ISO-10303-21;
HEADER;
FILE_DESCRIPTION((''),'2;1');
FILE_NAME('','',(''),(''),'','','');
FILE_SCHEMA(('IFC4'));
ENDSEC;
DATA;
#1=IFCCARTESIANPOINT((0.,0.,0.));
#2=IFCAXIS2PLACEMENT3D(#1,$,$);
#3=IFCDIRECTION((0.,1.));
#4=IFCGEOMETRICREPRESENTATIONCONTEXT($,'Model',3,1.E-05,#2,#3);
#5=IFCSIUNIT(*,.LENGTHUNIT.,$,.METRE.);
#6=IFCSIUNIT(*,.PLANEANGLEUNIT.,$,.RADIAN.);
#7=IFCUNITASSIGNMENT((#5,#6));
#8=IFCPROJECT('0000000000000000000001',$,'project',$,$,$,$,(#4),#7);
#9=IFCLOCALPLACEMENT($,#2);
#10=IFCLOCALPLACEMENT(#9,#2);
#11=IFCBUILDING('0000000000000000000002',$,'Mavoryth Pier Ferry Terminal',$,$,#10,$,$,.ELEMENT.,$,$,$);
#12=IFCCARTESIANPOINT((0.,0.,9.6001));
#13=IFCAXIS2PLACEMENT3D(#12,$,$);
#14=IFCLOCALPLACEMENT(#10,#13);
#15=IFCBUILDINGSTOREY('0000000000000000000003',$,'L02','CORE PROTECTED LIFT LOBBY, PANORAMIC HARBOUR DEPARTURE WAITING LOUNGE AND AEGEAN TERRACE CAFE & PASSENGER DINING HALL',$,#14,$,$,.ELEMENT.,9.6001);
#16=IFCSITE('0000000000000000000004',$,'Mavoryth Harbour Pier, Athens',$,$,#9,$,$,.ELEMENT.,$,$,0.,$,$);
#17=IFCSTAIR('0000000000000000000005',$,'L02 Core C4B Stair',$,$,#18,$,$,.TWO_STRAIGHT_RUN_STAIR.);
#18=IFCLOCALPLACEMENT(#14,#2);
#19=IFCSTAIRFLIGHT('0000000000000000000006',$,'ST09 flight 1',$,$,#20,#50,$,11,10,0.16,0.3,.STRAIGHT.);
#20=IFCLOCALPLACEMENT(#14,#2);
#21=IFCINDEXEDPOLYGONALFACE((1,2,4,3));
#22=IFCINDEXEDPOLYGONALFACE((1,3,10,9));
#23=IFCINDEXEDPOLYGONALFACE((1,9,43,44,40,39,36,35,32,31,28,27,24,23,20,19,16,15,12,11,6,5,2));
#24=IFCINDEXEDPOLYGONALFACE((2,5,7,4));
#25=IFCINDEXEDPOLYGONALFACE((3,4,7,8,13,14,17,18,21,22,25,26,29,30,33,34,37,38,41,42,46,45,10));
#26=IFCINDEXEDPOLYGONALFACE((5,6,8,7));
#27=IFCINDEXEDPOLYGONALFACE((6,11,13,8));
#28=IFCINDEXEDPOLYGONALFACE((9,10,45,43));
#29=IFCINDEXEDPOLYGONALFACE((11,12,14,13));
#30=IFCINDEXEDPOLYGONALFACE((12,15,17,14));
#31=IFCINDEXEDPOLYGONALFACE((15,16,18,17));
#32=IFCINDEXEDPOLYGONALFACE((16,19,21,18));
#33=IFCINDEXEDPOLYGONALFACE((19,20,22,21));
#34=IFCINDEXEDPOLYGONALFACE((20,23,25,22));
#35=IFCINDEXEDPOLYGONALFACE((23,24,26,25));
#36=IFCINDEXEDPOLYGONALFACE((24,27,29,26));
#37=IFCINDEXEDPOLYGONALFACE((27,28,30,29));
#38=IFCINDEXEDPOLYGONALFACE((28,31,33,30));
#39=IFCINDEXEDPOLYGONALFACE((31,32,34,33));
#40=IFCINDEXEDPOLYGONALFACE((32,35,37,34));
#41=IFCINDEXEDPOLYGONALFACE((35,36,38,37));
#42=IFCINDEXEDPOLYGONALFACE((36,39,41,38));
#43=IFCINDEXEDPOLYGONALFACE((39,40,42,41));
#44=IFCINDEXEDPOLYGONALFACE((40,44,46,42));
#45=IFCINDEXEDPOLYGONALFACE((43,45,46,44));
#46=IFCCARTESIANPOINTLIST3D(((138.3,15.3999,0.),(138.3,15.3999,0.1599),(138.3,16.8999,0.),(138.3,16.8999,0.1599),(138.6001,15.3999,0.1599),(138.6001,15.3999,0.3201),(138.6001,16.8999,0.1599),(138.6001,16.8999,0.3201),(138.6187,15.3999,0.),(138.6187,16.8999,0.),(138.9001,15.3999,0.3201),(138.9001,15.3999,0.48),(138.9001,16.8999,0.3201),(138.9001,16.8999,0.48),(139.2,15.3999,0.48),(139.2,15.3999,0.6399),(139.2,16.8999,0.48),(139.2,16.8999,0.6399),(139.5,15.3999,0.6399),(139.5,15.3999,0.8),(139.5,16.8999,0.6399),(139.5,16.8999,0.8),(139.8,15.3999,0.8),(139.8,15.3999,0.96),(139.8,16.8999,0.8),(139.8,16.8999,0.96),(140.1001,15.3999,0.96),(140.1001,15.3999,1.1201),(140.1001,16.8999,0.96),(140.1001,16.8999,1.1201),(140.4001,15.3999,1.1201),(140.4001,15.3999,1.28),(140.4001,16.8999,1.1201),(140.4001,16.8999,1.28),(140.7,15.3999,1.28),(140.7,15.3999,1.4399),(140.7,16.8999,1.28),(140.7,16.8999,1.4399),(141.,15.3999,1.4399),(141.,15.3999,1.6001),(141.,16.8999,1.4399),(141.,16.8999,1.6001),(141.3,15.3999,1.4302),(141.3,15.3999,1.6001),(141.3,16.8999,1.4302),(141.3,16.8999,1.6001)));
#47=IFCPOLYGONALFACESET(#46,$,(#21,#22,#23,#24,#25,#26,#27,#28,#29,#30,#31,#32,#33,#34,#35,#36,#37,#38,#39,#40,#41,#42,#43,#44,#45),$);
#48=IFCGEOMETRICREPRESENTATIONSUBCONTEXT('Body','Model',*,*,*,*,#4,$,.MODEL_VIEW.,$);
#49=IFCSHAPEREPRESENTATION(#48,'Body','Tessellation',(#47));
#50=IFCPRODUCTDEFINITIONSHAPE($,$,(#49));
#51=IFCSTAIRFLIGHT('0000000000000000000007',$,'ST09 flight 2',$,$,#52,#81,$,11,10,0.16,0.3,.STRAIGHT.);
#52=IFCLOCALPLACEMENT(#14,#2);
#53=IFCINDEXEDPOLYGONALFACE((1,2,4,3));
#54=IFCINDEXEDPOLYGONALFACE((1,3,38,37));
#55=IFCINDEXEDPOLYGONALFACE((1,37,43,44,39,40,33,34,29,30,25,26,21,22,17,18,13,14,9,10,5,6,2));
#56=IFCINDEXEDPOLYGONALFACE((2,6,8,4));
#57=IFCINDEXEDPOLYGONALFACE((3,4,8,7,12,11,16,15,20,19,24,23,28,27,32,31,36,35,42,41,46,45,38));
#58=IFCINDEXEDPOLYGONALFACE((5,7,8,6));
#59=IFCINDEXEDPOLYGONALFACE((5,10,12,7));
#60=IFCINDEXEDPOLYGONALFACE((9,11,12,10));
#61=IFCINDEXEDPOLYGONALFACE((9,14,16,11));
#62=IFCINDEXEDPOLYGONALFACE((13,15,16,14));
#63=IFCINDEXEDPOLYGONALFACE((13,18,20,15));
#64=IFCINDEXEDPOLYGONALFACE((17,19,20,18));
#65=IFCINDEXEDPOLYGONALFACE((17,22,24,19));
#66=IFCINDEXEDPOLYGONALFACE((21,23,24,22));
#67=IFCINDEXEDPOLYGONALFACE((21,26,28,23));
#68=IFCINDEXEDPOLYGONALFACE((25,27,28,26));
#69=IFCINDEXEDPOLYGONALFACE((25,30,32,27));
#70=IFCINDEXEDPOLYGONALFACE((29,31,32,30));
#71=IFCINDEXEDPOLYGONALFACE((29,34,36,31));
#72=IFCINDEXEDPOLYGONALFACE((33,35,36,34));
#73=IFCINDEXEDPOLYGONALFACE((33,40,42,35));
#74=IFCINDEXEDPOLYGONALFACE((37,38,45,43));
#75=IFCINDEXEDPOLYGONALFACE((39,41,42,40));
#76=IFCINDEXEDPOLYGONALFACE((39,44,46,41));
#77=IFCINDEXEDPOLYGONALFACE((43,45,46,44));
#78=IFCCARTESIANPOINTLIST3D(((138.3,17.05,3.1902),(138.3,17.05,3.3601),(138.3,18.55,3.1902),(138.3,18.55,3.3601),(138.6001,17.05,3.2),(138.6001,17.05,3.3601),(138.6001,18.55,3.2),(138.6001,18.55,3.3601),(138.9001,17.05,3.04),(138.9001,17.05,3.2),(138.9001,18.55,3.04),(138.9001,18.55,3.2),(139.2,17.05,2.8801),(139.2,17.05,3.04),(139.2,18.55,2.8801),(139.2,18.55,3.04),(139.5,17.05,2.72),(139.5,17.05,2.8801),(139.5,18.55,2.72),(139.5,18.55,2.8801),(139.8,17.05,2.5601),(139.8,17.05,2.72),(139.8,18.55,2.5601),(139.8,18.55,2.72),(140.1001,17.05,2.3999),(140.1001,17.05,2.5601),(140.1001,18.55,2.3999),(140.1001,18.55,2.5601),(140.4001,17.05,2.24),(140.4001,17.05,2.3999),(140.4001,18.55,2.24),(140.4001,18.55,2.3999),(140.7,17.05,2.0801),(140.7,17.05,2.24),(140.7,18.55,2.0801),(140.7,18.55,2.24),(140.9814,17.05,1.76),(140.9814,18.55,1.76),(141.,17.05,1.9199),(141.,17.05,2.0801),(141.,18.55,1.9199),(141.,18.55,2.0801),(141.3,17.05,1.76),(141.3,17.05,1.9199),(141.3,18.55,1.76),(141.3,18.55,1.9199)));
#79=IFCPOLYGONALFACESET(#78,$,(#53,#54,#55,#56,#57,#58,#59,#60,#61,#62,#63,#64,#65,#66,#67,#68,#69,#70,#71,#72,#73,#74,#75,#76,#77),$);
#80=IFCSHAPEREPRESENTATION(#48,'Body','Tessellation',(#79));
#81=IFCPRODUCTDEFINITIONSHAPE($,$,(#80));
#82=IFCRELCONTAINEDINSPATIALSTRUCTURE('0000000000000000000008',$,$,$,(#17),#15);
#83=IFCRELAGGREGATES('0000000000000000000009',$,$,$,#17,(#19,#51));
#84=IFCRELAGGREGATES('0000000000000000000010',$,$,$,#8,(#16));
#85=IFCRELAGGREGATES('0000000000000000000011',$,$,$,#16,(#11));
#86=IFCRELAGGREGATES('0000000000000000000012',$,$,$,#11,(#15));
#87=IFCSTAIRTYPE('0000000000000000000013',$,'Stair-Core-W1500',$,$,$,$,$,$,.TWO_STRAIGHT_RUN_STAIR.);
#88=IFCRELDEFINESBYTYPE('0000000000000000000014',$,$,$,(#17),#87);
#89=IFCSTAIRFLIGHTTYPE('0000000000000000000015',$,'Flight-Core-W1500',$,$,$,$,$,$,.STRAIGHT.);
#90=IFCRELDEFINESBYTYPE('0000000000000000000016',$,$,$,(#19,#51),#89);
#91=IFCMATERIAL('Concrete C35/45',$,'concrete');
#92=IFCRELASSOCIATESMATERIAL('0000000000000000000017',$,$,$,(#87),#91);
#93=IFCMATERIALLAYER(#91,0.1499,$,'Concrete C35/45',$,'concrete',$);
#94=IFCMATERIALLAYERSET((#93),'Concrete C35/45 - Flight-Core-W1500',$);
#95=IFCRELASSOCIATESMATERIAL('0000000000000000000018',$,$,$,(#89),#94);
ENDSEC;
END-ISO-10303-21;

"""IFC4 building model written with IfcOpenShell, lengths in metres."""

from ifc_helpers import new_model, si_unit, direction, frame, origin, place, context, subcontext, project, spatial, polyline, outline, extrude, material, layer, layer_set, type_object, element, aggregate, save


model = new_model("IFC4")

# Units and contexts
model_context = context("Model", 3, precision=1e-05, world=origin(), true_north=direction((0.0, 1.0)))
body_context = subcontext(model_context, "Body", "Model", "MODEL_VIEW")
ifc_project = project(units=[si_unit("LENGTHUNIT", "METRE"), si_unit("PLANEANGLEUNIT", "RADIAN")], contexts=[model_context])

# Site, building, storey
site_placement = place(None, origin())
site = spatial("IfcSite", under=ifc_project, at=site_placement, Name="Mavoryth Harbour Pier, Athens", CompositionType="ELEMENT", RefElevation=0.0)
building_placement = place(site_placement, origin())
building = spatial("IfcBuilding", under=site, at=building_placement, Name="Mavoryth Pier Ferry Terminal", CompositionType="ELEMENT")
storey_placement = place(building_placement, frame((0.0, 0.0, 9.6001)))
storey = spatial("IfcBuildingStorey", under=building, at=storey_placement, Name="L02", Description="CORE PROTECTED LIFT LOBBY, PANORAMIC HARBOUR DEPARTURE WAITING LOUNGE AND AEGEAN TERRACE CAFE & PASSENGER DINING HALL", CompositionType="ELEMENT", Elevation=9.6001)

# Shared definitions
ifc_material_1 = material(Name="Concrete C35/45", Category="concrete")

# Stair, stair flights
stair_type = type_object("IfcStairType", Name="Stair-Core-W1500", PredefinedType="TWO_STRAIGHT_RUN_STAIR", material=ifc_material_1)
stair_placement = place(storey_placement, origin())
stair = element("IfcStair", 1, at=stair_placement, inside=storey, type_object=stair_type, Name="L02 Core C4B Stair", PredefinedType="TWO_STRAIGHT_RUN_STAIR")
ifc_layer_1 = layer(ifc_material_1, 0.1499, Name="Concrete C35/45", Category="concrete")
ifc_layer_set_1 = layer_set([ifc_layer_1], Name="Concrete C35/45 - Flight-Core-W1500")
stair_flight_type = type_object("IfcStairFlightType", Name="Flight-Core-W1500", PredefinedType="STRAIGHT", material=ifc_layer_set_1)
stair_flight_1_placement = place(storey_placement, frame((138.3, 16.1499, 0.0), z_axis=(0.0, 0.0, 1.0), x_axis=(1.0, 0.0, 0.0)))
stair_flight_1 = element("IfcStairFlight", 2, at=stair_flight_1_placement, type_object=stair_flight_type, Name="ST09 flight 1", NumberOfRisers=11, NumberOfTreads=10, PredefinedType="STRAIGHT", RiserHeight=0.16, TreadLength=0.3, context=body_context, shape_type="SweptSolid", body=[
    extrude(outline(polyline([(0.0, 0.0), (0.0, 0.1599), (0.3, 0.1599), (0.3, 0.3201), (0.6001, 0.3201), (0.6001, 0.48), (0.8999, 0.48), (0.8999, 0.6399), (1.2, 0.6399), (1.2, 0.8), (1.5, 0.8), (1.5, 0.96), (1.8, 0.96), (1.8, 1.1201), (2.1001, 1.1201), (2.1001, 1.28), (2.3999, 1.28), (2.3999, 1.4399), (2.7, 1.4399), (2.7, 1.6001), (3.0, 1.6001), (3.0, 1.76), (3.0, 1.4302), (0.3186, 0.0), (0.0, 0.0)])), frame((0.0, 0.75, 0.0), z_axis=(0.0, -1.0, 0.0), x_axis=(1.0, 0.0, 0.0)), (0.0, 0.0, 1.0), 1.5),
])
stair_flight_2_placement = place(storey_placement, frame((141.3, 17.8, 1.76), z_axis=(0.0, 0.0, 1.0), x_axis=(-1.0, 0.0, 0.0)))
stair_flight_2 = element("IfcStairFlight", 3, at=stair_flight_2_placement, type_object=stair_flight_type, Name="ST09 flight 2", NumberOfRisers=11, NumberOfTreads=10, PredefinedType="STRAIGHT", RiserHeight=0.16, TreadLength=0.3, context=body_context, shape_type="SweptSolid", body=[
    extrude(outline(polyline([(0.0, 0.0), (0.0, 0.1599), (0.3, 0.1599), (0.3, 0.3201), (0.6001, 0.3201), (0.6001, 0.48), (0.8999, 0.48), (0.8999, 0.6399), (1.2, 0.6399), (1.2, 0.8), (1.5, 0.8), (1.5, 0.96), (1.8, 0.96), (1.8, 1.1201), (2.1001, 1.1201), (2.1001, 1.28), (2.3999, 1.28), (2.3999, 1.4399), (2.7, 1.4399), (2.7, 1.6001), (3.0, 1.6001), (3.0, 1.76), (3.0, 1.4302), (0.3186, 0.0), (0.0, 0.0)])), frame((0.0, 0.75, 0.0), z_axis=(0.0, -1.0, 0.0), x_axis=(1.0, 0.0, 0.0)), (0.0, 0.0, 1.0), 1.5),
])
aggregate(stair, [stair_flight_1, stair_flight_2])

save(model, "model.ifc")
